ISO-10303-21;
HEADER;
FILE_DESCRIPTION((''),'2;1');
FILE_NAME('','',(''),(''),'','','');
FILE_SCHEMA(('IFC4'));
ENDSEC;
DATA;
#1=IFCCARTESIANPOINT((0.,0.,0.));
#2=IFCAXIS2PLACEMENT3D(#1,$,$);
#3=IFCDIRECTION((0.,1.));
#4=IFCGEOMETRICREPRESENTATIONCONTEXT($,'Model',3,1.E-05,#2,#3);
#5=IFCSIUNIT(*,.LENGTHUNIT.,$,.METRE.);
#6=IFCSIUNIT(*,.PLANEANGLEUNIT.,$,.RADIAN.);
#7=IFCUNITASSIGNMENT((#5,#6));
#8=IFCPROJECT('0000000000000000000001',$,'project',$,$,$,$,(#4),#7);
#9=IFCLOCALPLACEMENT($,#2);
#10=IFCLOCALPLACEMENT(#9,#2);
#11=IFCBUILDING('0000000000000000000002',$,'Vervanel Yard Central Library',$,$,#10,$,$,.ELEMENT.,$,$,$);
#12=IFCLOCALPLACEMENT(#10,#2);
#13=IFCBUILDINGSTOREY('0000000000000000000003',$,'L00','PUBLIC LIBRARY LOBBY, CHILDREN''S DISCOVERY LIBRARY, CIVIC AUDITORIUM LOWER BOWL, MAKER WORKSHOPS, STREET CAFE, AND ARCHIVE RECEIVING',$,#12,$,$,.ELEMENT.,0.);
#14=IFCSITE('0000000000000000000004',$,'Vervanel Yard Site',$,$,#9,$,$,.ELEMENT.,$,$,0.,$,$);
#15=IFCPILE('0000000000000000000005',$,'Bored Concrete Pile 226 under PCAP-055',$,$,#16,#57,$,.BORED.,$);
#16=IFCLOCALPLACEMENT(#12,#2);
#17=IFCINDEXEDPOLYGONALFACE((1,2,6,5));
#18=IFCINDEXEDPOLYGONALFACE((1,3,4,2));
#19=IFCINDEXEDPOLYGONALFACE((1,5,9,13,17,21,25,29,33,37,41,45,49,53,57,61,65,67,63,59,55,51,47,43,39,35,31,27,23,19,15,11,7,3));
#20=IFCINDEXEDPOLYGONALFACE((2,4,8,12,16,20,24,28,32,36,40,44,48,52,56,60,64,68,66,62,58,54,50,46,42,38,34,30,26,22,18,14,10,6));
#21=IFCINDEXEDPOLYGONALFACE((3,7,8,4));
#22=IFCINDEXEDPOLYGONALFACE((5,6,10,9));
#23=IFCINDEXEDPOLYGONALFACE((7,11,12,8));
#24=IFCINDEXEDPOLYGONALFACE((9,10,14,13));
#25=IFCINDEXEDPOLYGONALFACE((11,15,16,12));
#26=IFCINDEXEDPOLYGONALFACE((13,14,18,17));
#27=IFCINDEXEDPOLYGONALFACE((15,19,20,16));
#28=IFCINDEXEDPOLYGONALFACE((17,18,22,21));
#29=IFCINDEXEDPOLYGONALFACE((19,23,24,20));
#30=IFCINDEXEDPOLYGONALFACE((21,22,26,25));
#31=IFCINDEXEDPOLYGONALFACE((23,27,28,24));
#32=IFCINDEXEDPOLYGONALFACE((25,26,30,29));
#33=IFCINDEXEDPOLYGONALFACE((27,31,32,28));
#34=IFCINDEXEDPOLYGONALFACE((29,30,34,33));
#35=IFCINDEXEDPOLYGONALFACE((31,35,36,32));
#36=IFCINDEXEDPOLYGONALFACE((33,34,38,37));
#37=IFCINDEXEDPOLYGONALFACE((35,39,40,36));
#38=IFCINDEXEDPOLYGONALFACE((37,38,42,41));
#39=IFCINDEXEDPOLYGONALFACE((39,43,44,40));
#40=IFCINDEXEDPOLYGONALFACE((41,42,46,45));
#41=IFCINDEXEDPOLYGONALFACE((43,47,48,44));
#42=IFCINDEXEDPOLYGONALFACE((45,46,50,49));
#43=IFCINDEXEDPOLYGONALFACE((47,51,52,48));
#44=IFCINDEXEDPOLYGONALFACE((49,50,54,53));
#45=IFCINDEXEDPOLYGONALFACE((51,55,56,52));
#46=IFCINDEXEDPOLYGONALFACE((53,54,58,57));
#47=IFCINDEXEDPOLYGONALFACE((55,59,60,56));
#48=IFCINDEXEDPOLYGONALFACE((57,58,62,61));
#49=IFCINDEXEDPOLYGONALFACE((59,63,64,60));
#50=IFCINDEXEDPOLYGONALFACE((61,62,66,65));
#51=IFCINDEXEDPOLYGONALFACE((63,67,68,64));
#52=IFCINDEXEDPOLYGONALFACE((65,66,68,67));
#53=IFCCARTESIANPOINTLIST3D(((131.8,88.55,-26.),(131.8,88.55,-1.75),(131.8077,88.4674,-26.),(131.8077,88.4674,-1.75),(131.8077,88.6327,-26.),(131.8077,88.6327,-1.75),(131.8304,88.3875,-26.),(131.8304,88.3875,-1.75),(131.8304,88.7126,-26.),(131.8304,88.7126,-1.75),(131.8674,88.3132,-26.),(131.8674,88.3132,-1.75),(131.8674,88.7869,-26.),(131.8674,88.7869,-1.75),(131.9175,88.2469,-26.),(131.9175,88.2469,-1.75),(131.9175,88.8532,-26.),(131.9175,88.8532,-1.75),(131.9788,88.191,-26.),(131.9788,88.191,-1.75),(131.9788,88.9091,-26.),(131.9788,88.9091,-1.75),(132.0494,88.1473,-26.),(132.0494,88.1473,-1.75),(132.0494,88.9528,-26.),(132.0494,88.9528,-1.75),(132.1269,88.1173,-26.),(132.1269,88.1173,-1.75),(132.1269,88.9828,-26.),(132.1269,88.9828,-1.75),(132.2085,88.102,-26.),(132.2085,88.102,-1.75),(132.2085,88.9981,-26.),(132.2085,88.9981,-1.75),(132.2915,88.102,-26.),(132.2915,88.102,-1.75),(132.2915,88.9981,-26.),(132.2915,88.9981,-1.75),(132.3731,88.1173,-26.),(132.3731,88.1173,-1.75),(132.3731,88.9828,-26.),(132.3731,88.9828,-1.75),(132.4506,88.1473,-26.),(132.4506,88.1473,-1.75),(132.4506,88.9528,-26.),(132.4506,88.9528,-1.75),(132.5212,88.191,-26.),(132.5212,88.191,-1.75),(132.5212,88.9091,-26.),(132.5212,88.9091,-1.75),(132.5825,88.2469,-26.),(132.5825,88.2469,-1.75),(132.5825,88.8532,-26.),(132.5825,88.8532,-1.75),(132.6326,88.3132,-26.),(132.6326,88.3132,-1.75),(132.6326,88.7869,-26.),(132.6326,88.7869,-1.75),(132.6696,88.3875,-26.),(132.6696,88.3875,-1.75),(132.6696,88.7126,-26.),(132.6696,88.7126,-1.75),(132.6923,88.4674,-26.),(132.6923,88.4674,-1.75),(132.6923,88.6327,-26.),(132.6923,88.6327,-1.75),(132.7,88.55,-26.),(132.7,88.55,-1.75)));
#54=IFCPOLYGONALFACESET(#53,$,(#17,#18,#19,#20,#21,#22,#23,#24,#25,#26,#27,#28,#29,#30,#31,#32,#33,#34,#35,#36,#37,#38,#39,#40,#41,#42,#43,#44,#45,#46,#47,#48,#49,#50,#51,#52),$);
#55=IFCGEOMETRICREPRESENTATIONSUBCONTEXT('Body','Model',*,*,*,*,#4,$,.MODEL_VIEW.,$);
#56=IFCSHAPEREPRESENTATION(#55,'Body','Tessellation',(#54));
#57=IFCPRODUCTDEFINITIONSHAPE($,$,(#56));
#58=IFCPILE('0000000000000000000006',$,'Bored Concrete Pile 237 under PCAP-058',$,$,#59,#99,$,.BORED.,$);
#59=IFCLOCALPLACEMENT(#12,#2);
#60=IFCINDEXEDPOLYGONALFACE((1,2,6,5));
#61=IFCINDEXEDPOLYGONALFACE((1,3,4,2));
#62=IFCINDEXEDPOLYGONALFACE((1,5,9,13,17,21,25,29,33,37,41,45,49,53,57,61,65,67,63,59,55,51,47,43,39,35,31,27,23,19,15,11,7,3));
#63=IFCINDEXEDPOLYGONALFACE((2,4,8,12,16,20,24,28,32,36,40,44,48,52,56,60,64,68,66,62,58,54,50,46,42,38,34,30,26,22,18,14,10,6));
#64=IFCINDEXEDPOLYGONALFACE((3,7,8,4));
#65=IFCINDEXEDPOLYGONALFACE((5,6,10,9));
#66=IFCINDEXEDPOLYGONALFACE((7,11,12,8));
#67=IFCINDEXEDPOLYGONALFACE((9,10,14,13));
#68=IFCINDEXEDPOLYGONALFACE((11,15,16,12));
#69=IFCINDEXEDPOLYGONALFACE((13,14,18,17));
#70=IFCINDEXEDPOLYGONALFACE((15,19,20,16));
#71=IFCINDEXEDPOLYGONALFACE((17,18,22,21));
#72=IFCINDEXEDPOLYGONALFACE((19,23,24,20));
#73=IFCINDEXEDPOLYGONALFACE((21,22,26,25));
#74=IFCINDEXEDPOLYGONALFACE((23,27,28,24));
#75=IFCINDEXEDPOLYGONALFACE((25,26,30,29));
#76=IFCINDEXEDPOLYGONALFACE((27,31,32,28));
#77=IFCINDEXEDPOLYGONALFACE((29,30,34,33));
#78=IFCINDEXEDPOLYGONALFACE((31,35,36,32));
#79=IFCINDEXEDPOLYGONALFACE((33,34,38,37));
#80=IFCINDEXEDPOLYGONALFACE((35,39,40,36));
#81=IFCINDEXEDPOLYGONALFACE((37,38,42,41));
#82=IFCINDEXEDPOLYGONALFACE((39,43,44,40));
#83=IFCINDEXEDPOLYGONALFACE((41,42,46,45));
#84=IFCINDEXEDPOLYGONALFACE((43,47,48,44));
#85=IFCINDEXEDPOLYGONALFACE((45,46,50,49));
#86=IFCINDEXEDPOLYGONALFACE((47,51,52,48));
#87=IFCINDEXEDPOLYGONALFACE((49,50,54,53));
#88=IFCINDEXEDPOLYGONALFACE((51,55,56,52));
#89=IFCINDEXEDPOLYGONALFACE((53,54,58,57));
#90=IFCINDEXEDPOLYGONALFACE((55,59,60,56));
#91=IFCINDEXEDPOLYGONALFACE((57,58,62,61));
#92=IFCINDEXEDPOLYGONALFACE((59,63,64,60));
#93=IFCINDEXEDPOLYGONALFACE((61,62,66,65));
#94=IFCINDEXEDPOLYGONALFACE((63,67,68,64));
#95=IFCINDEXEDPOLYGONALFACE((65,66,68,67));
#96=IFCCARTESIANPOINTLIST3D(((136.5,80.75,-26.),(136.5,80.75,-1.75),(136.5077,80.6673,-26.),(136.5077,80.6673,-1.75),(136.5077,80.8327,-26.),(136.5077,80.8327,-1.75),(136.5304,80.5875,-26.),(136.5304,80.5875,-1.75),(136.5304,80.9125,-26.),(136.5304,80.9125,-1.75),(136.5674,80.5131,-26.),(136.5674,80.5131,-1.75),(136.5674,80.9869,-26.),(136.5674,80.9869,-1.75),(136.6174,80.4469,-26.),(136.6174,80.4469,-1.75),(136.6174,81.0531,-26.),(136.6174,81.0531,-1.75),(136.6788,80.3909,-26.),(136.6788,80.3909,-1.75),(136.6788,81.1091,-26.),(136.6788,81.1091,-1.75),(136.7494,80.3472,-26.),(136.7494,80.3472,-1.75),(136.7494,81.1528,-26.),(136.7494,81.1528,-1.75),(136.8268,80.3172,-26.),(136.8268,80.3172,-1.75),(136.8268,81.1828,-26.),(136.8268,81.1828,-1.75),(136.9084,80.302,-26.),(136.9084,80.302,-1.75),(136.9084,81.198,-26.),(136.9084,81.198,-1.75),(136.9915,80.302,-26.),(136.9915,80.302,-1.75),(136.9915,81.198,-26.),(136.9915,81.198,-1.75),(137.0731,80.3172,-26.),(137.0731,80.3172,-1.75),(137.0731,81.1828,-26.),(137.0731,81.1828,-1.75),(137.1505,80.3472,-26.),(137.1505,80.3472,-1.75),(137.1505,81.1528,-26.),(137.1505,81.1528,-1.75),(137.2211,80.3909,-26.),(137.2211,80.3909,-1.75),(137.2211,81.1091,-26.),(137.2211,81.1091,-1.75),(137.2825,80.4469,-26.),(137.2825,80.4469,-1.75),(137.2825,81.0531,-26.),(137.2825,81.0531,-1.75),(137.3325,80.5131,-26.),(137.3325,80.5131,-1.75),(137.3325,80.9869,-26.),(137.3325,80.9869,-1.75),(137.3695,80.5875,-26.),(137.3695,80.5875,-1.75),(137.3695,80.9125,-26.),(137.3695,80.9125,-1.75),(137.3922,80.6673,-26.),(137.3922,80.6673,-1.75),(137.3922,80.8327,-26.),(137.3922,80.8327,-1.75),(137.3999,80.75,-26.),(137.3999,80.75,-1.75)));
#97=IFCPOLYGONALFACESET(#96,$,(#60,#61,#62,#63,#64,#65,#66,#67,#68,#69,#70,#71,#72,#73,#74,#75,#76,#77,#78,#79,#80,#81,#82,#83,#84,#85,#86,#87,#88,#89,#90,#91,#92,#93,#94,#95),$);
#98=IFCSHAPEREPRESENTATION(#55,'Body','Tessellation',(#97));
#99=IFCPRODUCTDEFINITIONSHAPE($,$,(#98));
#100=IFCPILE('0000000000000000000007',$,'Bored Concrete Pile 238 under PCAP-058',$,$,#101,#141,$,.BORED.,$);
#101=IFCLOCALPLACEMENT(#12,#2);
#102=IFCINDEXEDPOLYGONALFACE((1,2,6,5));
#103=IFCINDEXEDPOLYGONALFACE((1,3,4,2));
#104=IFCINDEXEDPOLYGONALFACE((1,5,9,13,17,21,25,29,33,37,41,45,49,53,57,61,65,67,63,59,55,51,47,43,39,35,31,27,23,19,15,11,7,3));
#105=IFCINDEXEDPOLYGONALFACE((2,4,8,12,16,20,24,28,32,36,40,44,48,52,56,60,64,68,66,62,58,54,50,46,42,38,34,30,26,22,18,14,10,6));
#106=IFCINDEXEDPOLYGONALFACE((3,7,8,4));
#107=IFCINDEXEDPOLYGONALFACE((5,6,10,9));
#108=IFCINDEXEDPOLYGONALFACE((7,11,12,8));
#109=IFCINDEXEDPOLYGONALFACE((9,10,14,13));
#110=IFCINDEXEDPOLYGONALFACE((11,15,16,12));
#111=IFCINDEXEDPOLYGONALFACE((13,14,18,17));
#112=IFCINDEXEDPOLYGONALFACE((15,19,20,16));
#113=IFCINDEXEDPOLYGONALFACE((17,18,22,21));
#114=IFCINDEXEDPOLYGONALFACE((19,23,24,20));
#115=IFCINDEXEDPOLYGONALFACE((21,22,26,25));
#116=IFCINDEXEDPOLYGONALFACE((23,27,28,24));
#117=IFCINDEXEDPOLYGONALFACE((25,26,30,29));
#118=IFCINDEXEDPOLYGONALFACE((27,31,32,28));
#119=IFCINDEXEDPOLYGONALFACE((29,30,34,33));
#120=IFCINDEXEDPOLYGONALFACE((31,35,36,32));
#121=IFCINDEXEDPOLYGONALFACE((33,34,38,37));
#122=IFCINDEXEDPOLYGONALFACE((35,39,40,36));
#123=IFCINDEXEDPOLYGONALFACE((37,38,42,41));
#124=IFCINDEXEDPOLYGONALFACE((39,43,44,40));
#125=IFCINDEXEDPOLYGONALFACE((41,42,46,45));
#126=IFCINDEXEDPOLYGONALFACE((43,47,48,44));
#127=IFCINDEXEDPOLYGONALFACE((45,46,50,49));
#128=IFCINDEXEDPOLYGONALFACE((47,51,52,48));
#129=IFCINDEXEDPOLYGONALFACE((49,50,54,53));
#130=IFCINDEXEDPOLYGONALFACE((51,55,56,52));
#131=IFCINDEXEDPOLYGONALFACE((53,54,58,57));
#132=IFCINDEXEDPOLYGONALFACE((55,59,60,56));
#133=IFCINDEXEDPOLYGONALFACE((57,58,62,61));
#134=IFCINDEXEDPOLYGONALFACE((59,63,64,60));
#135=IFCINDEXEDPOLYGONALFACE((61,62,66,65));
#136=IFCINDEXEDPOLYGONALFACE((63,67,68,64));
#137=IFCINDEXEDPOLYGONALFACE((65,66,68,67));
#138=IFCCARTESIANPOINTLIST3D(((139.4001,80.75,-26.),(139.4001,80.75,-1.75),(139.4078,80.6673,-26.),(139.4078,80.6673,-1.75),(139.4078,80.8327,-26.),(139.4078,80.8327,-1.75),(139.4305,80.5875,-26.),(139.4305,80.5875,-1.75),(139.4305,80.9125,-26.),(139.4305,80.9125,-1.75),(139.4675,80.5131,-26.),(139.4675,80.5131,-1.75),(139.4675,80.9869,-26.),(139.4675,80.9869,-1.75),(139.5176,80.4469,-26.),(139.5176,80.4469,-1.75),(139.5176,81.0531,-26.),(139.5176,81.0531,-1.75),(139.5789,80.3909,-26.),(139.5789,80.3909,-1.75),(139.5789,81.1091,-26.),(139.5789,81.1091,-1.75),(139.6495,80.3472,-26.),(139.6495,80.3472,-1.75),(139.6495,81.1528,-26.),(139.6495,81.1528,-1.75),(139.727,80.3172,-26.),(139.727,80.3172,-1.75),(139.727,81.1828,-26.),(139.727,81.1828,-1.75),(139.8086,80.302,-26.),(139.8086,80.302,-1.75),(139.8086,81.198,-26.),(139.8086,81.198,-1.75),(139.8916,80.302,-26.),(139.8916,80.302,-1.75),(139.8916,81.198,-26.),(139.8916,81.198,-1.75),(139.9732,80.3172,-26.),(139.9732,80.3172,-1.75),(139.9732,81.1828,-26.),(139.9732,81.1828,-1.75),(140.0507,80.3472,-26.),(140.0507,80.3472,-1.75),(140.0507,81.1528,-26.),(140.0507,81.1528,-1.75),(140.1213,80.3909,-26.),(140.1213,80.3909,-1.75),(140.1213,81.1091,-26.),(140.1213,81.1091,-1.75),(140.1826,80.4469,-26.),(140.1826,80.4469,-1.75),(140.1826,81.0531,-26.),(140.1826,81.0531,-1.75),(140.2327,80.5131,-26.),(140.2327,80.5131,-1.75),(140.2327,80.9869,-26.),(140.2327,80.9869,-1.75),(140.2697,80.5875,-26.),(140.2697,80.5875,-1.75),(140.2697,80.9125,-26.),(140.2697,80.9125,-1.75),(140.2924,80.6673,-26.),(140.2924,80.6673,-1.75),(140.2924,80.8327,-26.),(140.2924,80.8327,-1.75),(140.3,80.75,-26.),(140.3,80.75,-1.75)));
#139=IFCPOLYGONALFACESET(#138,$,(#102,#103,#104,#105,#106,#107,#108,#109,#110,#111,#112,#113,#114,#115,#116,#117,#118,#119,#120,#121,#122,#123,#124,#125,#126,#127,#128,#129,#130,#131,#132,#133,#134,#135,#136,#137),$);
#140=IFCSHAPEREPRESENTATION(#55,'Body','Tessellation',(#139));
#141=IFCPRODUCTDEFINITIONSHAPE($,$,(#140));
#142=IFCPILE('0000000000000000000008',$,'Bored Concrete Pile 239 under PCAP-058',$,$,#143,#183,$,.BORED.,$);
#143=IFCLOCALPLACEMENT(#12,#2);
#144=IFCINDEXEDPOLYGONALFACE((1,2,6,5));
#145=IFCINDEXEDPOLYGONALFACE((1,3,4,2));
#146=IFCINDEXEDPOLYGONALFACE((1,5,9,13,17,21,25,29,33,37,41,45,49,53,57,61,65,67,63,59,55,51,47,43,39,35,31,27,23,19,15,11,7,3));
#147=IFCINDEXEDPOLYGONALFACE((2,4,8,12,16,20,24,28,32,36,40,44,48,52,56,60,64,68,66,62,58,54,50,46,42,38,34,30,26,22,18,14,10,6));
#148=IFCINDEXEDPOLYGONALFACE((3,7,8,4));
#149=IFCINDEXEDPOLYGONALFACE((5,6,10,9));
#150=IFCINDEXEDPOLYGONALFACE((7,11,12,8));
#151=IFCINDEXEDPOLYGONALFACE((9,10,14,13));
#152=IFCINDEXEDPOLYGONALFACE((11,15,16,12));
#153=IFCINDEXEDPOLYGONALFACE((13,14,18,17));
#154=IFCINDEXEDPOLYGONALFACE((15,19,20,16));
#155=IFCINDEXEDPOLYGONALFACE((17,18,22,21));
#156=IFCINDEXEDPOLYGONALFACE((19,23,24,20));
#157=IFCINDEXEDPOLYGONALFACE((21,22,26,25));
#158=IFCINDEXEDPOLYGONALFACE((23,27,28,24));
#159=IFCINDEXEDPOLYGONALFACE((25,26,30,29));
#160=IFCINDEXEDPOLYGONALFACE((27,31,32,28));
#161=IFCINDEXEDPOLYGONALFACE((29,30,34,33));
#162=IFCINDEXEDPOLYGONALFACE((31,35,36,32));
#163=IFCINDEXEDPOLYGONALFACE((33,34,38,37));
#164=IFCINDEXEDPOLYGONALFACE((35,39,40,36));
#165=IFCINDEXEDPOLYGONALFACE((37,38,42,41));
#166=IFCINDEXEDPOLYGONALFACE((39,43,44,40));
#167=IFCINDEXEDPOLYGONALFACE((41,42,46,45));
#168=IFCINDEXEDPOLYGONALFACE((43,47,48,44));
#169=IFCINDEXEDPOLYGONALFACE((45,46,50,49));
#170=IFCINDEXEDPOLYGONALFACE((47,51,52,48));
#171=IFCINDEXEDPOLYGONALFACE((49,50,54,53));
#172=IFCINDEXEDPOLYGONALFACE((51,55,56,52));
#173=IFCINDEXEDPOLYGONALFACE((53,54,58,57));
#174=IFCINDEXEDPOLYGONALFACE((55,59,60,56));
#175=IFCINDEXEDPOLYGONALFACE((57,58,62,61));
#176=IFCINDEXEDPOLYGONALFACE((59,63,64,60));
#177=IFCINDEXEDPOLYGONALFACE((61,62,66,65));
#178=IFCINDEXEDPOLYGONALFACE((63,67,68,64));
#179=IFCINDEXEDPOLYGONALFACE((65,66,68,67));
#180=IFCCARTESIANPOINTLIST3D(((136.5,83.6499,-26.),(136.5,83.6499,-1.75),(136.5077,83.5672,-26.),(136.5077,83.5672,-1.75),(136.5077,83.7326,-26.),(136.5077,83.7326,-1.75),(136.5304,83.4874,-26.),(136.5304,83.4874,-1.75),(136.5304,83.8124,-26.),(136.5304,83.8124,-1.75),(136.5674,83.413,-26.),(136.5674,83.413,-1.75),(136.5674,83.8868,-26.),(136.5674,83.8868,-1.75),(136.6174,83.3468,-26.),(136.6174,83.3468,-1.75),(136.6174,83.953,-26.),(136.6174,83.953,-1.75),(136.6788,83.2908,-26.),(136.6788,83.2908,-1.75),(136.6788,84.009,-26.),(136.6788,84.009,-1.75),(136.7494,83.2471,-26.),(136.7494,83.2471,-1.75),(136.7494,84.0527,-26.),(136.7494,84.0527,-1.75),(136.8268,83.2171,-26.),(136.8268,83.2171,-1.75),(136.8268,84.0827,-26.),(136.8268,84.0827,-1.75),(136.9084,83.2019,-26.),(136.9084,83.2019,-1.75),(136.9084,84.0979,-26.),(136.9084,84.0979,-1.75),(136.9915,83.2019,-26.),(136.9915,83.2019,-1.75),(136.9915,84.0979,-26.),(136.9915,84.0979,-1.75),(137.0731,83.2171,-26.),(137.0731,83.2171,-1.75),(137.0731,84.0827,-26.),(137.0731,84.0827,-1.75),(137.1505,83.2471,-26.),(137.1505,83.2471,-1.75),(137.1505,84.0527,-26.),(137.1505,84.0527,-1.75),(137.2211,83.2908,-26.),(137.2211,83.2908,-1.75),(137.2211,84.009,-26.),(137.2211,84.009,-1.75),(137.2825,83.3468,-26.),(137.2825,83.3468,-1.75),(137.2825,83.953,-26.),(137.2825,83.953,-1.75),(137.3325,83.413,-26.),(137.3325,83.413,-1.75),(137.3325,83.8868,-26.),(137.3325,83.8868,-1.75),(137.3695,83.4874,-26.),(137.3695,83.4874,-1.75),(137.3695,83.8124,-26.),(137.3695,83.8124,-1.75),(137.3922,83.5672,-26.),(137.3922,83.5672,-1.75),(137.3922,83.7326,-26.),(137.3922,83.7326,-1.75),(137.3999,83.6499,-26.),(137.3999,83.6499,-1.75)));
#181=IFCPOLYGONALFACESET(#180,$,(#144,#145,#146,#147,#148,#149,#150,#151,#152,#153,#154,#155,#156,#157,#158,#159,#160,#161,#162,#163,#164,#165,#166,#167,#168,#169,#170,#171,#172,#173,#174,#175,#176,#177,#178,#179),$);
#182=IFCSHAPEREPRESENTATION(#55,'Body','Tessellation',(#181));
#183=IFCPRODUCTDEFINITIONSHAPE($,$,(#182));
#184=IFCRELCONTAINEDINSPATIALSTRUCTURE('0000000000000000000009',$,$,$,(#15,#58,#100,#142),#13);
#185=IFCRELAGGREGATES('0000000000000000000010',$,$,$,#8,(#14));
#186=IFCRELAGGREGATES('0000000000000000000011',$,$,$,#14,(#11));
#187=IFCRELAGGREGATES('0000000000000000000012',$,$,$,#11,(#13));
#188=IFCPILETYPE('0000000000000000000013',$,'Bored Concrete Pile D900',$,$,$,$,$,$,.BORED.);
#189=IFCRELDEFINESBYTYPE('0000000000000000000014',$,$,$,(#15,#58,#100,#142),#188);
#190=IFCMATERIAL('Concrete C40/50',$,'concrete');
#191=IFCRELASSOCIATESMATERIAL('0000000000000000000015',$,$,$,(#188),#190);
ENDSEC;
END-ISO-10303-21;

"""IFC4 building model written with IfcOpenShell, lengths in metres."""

from ifc_helpers import new_model, si_unit, direction, frame, origin, origin_2d, place, context, subcontext, project, spatial, circle, extrude, material, material_profile, profile_set, type_object, element, save


model = new_model("IFC4")

# Units and contexts
model_context = context("Model", 3, precision=1e-05, world=origin(), true_north=direction((0.0, 1.0)))
body_context = subcontext(model_context, "Body", "Model", "MODEL_VIEW")
ifc_project = project(units=[si_unit("LENGTHUNIT", "METRE"), si_unit("PLANEANGLEUNIT", "RADIAN")], contexts=[model_context])

# Site, building, storey
site_placement = place(None, origin())
site = spatial("IfcSite", under=ifc_project, at=site_placement, Name="Vervanel Yard Site", CompositionType="ELEMENT", RefElevation=0.0)
building_placement = place(site_placement, origin())
building = spatial("IfcBuilding", under=site, at=building_placement, Name="Vervanel Yard Central Library", CompositionType="ELEMENT")
storey_placement = place(building_placement, origin())
storey = spatial("IfcBuildingStorey", under=building, at=storey_placement, Name="L00", Description="PUBLIC LIBRARY LOBBY, CHILDREN'S DISCOVERY LIBRARY, CIVIC AUDITORIUM LOWER BOWL, MAKER WORKSHOPS, STREET CAFE, AND ARCHIVE RECEIVING", CompositionType="ELEMENT", Elevation=0.0)

# Piles
ifc_material_1 = material(Name="Concrete C40/50", Category="concrete")
ifc_material_profile_1 = material_profile(ifc_material_1, circle(Radius=0.45, at=origin_2d()), Name="BP D900", Category="concrete")
ifc_profile_set_1 = profile_set([ifc_material_profile_1], Name="Concrete C40/50")
pile_type = type_object("IfcPileType", Name="Bored Concrete Pile D900", PredefinedType="BORED", material=ifc_profile_set_1)
for number, where, z_axis, x_axis, name in (
    (1, (132.25, 88.55, -1.75), (0.0, 0.0, -1.0), (1.0, 0.0, 0.0), "Bored Concrete Pile 226 under PCAP-055"),
    (2, (136.95, 80.75, -1.75), (0.0, 0.0, -1.0), (1.0, 0.0, 0.0), "Bored Concrete Pile 237 under PCAP-058"),
    (3, (139.8501, 80.75, -1.75), (0.0, 0.0, -1.0), (1.0, 0.0, 0.0), "Bored Concrete Pile 238 under PCAP-058"),
    (4, (136.95, 83.6499, -1.75), (0.0, 0.0, -1.0), (1.0, 0.0, 0.0), "Bored Concrete Pile 239 under PCAP-058"),
):
    element("IfcPile", number, at=place(storey_placement, frame(where, z_axis=z_axis, x_axis=x_axis)), inside=storey, type_object=pile_type, Name=name, PredefinedType="BORED", context=body_context, shape_type="SweptSolid", body=[
        extrude(circle(Radius=0.45, at=origin_2d()), origin(), (0.0, 0.0, 1.0), 24.25),
    ])

save(model, "model.ifc")
